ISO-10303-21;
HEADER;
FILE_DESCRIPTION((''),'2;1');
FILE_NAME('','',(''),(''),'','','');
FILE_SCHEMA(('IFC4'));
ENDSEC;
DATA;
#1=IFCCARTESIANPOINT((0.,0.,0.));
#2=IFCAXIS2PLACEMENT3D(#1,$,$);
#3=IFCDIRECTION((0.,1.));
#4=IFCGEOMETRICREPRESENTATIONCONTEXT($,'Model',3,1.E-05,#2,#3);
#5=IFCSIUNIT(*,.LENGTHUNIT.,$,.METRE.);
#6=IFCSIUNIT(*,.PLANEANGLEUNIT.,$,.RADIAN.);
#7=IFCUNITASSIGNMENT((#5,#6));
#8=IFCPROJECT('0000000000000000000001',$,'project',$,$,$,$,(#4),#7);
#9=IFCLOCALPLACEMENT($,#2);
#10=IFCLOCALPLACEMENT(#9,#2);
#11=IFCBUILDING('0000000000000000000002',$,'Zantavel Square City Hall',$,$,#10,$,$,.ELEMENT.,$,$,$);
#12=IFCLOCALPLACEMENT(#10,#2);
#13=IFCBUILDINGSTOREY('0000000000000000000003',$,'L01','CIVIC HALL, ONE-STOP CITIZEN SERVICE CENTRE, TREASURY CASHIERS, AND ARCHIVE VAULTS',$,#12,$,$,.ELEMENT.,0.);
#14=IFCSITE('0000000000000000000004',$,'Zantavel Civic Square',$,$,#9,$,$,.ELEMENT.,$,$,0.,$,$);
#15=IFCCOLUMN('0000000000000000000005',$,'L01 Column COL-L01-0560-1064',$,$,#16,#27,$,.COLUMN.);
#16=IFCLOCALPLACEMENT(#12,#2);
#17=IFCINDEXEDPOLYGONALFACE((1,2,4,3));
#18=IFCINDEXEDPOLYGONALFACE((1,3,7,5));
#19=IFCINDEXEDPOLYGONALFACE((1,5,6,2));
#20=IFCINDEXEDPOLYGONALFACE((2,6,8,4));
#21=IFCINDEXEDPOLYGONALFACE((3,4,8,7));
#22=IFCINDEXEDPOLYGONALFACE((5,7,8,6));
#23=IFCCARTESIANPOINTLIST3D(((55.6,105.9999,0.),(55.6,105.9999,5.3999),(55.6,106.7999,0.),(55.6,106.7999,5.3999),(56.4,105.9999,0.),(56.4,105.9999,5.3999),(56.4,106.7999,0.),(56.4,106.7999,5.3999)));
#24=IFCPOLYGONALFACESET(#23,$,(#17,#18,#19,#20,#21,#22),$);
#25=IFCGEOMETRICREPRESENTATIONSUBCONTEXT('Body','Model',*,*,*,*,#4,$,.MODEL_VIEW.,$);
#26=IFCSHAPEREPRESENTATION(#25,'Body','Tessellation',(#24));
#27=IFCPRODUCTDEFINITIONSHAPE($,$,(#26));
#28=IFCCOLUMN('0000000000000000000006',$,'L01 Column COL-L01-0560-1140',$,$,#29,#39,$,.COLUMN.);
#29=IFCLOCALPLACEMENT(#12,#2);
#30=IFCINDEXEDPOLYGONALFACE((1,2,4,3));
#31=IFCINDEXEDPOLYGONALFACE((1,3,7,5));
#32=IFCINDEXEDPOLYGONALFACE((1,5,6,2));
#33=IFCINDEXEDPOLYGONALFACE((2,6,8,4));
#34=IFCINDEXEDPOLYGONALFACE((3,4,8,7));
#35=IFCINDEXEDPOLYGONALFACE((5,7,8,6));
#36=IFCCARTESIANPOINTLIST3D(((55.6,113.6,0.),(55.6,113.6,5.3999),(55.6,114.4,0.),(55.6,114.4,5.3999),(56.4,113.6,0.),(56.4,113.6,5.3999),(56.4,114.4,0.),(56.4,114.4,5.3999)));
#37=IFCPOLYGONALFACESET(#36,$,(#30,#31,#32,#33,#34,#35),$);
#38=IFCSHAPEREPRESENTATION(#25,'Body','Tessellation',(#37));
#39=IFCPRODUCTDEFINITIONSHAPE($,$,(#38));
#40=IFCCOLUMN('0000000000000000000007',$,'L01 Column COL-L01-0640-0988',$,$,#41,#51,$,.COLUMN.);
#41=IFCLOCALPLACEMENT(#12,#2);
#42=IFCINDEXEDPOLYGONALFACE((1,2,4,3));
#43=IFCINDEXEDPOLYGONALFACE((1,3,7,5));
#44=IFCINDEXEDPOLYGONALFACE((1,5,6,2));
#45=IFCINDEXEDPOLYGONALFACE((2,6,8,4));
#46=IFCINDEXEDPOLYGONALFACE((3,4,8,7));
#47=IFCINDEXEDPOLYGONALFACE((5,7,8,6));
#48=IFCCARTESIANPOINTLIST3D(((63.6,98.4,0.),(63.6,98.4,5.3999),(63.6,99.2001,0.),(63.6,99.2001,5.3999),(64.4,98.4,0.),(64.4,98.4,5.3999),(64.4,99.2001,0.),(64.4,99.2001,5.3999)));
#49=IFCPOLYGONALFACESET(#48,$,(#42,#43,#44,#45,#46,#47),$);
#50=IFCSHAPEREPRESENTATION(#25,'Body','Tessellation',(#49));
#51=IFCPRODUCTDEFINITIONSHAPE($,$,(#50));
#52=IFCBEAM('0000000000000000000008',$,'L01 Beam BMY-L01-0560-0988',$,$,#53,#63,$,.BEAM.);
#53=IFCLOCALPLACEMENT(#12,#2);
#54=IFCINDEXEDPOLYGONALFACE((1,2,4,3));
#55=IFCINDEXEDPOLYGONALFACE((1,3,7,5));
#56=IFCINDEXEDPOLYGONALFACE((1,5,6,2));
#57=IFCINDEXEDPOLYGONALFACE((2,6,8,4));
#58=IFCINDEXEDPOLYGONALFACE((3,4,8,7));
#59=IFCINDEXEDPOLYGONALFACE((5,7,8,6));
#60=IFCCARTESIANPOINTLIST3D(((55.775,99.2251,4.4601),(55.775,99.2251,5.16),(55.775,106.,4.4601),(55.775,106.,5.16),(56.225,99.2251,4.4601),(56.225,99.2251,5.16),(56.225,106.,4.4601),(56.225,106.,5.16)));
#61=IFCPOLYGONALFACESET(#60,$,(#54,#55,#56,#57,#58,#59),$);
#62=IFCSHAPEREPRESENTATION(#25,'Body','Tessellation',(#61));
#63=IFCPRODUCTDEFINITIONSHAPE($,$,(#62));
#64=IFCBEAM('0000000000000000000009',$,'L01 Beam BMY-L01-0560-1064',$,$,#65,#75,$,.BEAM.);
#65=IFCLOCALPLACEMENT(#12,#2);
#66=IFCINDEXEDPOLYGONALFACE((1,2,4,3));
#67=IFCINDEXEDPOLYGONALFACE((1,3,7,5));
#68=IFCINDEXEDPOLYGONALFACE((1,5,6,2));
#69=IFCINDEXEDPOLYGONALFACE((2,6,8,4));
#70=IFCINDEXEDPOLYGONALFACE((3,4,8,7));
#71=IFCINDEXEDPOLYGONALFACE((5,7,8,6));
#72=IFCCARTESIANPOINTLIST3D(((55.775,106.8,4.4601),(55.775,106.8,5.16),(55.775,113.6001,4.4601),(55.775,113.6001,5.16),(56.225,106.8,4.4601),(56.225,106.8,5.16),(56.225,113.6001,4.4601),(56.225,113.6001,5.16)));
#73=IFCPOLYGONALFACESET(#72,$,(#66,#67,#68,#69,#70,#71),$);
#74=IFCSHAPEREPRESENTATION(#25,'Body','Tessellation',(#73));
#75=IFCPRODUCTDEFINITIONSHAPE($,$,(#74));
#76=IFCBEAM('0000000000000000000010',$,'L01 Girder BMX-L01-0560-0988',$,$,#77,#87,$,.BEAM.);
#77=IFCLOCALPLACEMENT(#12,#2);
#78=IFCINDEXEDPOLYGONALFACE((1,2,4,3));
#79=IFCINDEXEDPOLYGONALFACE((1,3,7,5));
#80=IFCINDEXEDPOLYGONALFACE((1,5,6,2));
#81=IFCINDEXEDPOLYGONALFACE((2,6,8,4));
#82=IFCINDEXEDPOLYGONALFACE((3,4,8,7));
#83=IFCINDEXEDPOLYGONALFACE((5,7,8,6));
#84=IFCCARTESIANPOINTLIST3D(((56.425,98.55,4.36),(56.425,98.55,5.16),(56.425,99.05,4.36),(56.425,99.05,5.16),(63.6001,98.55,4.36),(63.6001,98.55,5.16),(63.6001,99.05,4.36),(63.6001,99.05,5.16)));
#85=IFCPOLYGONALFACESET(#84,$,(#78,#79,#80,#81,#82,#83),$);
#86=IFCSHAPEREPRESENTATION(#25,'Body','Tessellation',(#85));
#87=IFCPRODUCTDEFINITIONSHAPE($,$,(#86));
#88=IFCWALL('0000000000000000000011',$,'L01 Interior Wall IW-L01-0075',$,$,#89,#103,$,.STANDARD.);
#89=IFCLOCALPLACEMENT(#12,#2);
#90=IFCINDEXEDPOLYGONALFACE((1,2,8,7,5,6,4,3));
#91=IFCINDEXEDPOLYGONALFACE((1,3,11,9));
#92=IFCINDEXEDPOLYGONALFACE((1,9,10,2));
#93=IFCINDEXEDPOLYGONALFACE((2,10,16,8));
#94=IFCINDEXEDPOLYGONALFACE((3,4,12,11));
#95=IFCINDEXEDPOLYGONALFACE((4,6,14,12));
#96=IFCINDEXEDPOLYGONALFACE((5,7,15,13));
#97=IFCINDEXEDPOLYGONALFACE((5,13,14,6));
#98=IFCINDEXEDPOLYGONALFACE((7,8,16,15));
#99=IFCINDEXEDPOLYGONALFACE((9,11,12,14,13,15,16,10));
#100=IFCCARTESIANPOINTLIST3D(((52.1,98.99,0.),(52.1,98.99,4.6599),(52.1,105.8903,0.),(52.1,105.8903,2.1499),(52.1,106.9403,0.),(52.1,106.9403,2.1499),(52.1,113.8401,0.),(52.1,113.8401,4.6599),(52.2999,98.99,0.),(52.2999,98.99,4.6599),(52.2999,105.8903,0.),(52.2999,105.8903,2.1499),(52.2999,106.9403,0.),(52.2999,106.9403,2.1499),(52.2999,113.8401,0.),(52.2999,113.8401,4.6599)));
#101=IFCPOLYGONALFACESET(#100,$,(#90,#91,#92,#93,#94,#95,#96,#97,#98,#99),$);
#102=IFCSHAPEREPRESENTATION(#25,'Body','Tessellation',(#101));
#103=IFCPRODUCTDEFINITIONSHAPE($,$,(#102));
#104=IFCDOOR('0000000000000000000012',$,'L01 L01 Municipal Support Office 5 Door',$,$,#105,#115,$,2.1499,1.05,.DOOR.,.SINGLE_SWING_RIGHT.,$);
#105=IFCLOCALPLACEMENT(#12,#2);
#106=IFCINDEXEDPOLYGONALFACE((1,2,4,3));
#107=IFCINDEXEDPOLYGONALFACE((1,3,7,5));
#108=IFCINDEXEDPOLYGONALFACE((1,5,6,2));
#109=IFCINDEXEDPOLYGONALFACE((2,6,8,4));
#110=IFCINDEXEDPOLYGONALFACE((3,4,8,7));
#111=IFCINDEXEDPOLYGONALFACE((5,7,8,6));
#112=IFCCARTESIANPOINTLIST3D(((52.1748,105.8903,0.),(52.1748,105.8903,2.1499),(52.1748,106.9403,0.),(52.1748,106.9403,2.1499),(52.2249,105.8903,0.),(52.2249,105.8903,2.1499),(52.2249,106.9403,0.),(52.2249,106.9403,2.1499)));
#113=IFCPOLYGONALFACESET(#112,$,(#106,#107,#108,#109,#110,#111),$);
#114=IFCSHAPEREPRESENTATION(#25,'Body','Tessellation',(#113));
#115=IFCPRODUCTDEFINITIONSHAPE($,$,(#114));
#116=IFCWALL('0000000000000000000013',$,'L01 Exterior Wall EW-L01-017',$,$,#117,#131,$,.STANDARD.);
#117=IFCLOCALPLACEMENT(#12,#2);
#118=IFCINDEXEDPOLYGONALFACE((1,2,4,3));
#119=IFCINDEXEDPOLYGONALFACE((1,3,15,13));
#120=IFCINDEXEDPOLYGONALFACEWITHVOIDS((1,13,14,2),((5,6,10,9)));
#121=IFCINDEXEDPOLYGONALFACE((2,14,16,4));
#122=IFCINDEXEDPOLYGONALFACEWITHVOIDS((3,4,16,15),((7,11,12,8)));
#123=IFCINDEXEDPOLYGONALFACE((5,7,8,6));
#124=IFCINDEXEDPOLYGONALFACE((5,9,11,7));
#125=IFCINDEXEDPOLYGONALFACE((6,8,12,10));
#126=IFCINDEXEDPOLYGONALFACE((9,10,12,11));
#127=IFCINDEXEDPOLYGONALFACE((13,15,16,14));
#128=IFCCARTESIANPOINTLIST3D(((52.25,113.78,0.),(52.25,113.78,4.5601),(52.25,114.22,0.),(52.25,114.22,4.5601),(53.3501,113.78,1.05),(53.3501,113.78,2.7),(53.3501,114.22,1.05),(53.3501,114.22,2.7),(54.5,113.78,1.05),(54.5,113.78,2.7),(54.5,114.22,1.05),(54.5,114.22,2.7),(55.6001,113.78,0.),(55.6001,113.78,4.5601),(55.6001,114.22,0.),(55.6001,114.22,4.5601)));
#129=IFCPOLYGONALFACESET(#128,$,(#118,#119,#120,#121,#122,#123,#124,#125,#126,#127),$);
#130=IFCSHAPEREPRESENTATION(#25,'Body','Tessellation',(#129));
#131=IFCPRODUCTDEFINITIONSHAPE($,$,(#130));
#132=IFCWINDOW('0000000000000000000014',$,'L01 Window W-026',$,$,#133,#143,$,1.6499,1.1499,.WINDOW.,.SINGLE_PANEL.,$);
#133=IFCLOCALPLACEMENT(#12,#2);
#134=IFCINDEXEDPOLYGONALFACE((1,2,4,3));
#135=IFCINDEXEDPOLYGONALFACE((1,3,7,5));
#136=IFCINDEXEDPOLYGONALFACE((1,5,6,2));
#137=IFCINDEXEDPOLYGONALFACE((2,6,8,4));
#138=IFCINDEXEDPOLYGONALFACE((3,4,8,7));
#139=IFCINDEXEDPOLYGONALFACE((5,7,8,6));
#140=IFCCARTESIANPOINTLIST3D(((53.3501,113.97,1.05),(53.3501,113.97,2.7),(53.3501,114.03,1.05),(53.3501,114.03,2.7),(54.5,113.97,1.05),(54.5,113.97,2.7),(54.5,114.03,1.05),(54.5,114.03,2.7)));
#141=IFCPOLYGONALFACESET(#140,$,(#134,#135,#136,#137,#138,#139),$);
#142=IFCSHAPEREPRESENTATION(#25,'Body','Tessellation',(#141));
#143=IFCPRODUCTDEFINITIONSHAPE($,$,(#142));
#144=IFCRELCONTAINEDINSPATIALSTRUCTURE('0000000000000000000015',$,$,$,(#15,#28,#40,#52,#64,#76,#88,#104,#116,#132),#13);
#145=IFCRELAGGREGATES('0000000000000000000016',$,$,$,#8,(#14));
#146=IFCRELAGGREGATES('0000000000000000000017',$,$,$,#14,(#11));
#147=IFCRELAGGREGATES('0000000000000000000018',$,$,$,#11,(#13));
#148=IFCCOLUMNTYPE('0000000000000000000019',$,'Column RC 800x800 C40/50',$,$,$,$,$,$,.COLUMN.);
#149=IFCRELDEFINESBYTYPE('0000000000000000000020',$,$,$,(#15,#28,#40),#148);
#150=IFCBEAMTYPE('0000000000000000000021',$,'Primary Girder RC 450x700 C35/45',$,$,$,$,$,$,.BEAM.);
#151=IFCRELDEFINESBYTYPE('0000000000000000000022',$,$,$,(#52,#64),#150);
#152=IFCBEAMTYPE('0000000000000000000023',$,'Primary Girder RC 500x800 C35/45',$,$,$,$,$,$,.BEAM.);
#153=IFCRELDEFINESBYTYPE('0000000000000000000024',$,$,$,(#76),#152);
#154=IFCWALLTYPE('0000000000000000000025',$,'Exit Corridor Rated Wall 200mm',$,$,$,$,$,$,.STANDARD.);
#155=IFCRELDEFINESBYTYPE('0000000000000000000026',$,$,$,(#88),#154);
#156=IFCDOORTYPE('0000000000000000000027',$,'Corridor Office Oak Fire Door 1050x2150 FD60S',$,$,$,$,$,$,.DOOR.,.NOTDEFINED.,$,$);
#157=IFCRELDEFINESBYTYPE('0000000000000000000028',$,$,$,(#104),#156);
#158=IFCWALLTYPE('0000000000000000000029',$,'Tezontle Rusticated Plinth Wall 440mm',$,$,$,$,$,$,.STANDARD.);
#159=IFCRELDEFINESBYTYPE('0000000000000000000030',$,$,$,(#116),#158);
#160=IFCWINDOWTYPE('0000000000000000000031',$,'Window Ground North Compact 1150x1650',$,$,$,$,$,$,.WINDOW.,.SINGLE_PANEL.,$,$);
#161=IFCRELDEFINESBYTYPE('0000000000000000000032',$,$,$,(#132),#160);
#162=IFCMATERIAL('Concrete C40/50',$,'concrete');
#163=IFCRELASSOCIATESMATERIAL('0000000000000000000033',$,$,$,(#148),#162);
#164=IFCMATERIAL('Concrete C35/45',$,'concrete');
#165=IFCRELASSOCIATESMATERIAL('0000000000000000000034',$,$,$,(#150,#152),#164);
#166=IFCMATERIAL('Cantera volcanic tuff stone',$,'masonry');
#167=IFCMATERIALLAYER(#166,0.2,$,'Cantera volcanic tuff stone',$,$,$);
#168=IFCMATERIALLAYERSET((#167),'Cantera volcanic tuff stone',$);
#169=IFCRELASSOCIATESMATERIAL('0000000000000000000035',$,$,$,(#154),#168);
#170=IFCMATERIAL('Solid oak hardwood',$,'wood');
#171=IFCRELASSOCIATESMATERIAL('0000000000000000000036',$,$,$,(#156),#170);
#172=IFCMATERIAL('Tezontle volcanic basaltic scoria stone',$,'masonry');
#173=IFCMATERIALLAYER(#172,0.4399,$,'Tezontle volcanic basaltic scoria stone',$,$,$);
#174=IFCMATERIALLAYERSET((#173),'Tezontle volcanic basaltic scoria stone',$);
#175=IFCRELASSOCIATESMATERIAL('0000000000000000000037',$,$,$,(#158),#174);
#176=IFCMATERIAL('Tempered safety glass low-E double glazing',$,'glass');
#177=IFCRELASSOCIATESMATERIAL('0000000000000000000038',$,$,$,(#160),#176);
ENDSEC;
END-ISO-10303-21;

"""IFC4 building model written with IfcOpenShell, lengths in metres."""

from ifc_helpers import new_model, si_unit, direction, frame, frame_2d, origin, origin_2d, place, context, subcontext, project, spatial, rectangle, extrude, material, layer, layer_set, material_profile, profile_set, type_object, element, fill, save


model = new_model("IFC4")

# Units and contexts
model_context = context("Model", 3, precision=1e-05, world=origin(), true_north=direction((0.0, 1.0)))
body_context = subcontext(model_context, "Body", "Model", "MODEL_VIEW")
ifc_project = project(units=[si_unit("LENGTHUNIT", "METRE"), si_unit("PLANEANGLEUNIT", "RADIAN")], contexts=[model_context])

# Site, building, storey
site_placement = place(None, origin())
site = spatial("IfcSite", under=ifc_project, at=site_placement, Name="Zantavel Civic Square", CompositionType="ELEMENT", RefElevation=0.0)
building_placement = place(site_placement, origin())
building = spatial("IfcBuilding", under=site, at=building_placement, Name="Zantavel Square City Hall", CompositionType="ELEMENT")
storey_placement = place(building_placement, origin())
storey = spatial("IfcBuildingStorey", under=building, at=storey_placement, Name="L01", Description="CIVIC HALL, ONE-STOP CITIZEN SERVICE CENTRE, TREASURY CASHIERS, AND ARCHIVE VAULTS", CompositionType="ELEMENT", Elevation=0.0)

# Columns
ifc_material_1 = material(Name="Concrete C40/50", Category="concrete")
ifc_material_profile_1 = material_profile(ifc_material_1, rectangle(XDim=0.8, YDim=0.8, at=origin_2d()), Name="RC 800x800")
ifc_profile_set_1 = profile_set([ifc_material_profile_1], Name="Concrete C40/50")
column_type = type_object("IfcColumnType", Name="Column RC 800x800 C40/50", PredefinedType="COLUMN", material=ifc_profile_set_1)
for number, where, z_axis, x_axis, name in (
    (1, (56.0, 106.3999, 0.0), (0.0, 0.0, 1.0), (1.0, 0.0, 0.0), "L01 Column COL-L01-0560-1064"),
    (2, (56.0, 114.0, 0.0), (0.0, 0.0, 1.0), (1.0, 0.0, 0.0), "L01 Column COL-L01-0560-1140"),
    (3, (64.0, 98.8, 0.0), (0.0, 0.0, 1.0), (1.0, 0.0, 0.0), "L01 Column COL-L01-0640-0988"),
):
    element("IfcColumn", number, at=place(storey_placement, frame(where, z_axis=z_axis, x_axis=x_axis)), inside=storey, type_object=column_type, Name=name, PredefinedType="COLUMN", context=body_context, shape_type="SweptSolid", body=[
        extrude(rectangle(XDim=0.8, YDim=0.8, at=origin_2d()), origin(), (0.0, 0.0, 1.0), 5.3999),
    ])

# Beams
ifc_material_2 = material(Name="Concrete C35/45", Category="concrete")
ifc_material_profile_2 = material_profile(ifc_material_2, rectangle(XDim=0.45, YDim=0.7, at=origin_2d()), Name="RC 450x700")
ifc_profile_set_2 = profile_set([ifc_material_profile_2], Name="Concrete C35/45")
beam_type_1 = type_object("IfcBeamType", Name="Primary Girder RC 450x700 C35/45", PredefinedType="BEAM", material=ifc_profile_set_2)
beam_1_placement = place(storey_placement, frame((56.0, 99.2251, 4.8101), z_axis=(0.0, 1.0, 0.0), x_axis=(-1.0, 0.0, 0.0)))
element("IfcBeam", 4, at=beam_1_placement, inside=storey, type_object=beam_type_1, Name="L01 Beam BMY-L01-0560-0988", PredefinedType="BEAM", context=body_context, shape_type="SweptSolid", body=[
    extrude(rectangle(XDim=0.45, YDim=0.7, at=origin_2d()), origin(), (0.0, 0.0, 1.0), 6.7749),
])
beam_2_placement = place(storey_placement, frame((56.0, 106.8, 4.8101), z_axis=(0.0, 1.0, 0.0), x_axis=(-1.0, 0.0, 0.0)))
element("IfcBeam", 5, at=beam_2_placement, inside=storey, type_object=beam_type_1, Name="L01 Beam BMY-L01-0560-1064", PredefinedType="BEAM", context=body_context, shape_type="SweptSolid", body=[
    extrude(rectangle(XDim=0.45, YDim=0.7, at=origin_2d()), origin(), (0.0, 0.0, 1.0), 6.8),
])
ifc_material_profile_3 = material_profile(ifc_material_2, rectangle(XDim=0.5, YDim=0.8, at=origin_2d()), Name="RC 500x800")
ifc_profile_set_3 = profile_set([ifc_material_profile_3], Name="Concrete C35/45")
beam_type_2 = type_object("IfcBeamType", Name="Primary Girder RC 500x800 C35/45", PredefinedType="BEAM", material=ifc_profile_set_3)
beam_3_placement = place(storey_placement, frame((56.425, 98.8, 4.76), z_axis=(1.0, 0.0, 0.0), x_axis=(0.0, 1.0, 0.0)))
element("IfcBeam", 6, at=beam_3_placement, inside=storey, type_object=beam_type_2, Name="L01 Girder BMX-L01-0560-0988", PredefinedType="BEAM", context=body_context, shape_type="SweptSolid", body=[
    extrude(rectangle(XDim=0.5, YDim=0.8, at=origin_2d()), origin(), (0.0, 0.0, 1.0), 7.175),
])

# Wall, opening, door
ifc_material_3 = material(Name="Cantera volcanic tuff stone", Category="masonry")
ifc_layer_1 = layer(ifc_material_3, 0.2, Name="Cantera volcanic tuff stone")
ifc_layer_set_1 = layer_set([ifc_layer_1], Name="Cantera volcanic tuff stone")
wall_type_1 = type_object("IfcWallType", Name="Exit Corridor Rated Wall 200mm", PredefinedType="STANDARD", material=ifc_layer_set_1)
wall_1_placement = place(storey_placement, frame((52.2, 113.8401, 0.0), z_axis=(0.0, 0.0, 1.0), x_axis=(0.0, -1.0, 0.0)))
wall_1 = element("IfcWall", 7, at=wall_1_placement, inside=storey, type_object=wall_type_1, Name="L01 Interior Wall IW-L01-0075", PredefinedType="STANDARD", context=body_context, shape_type="SweptSolid", body=[
    extrude(rectangle(XDim=14.8501, YDim=0.2, at=frame_2d((7.425, 0.0))), origin(), (0.0, 0.0, 1.0), 4.6599),
])
opening_1_placement = place(wall_1_placement, frame((6.8999, 0.0, 0.0)))
opening_1 = element("IfcOpeningElement", 8, at=opening_1_placement, cuts=wall_1, PredefinedType="OPENING", context=body_context, shape_type="SweptSolid", body=[
    extrude(rectangle(XDim=1.05, YDim=2.1499, at=frame_2d((0.5249, 1.075))), frame((0.0, 0.1099, 0.0), z_axis=(0.0, -1.0, 0.0), x_axis=(1.0, 0.0, 0.0)), (0.0, 0.0, 1.0), 0.22),
])
ifc_material_4 = material(Name="Solid oak hardwood", Category="wood")
door_type = type_object("IfcDoorType", Name="Corridor Office Oak Fire Door 1050x2150 FD60S", OperationType="NOTDEFINED", PredefinedType="DOOR", material=ifc_material_4)
door_placement = place(opening_1_placement, origin())
door = element("IfcDoor", 9, at=door_placement, inside=storey, type_object=door_type, Name="L01 L01 Municipal Support Office 5 Door", OperationType="SINGLE_SWING_RIGHT", OverallHeight=2.1499, OverallWidth=1.05, PredefinedType="DOOR", context=body_context, shape_type="SweptSolid", body=[
    extrude(rectangle(XDim=1.05, YDim=2.1499, at=frame_2d((0.5249, 1.075))), frame((0.0, 0.0249, 0.0), z_axis=(0.0, -1.0, 0.0), x_axis=(1.0, 0.0, 0.0)), (0.0, 0.0, 1.0), 0.05),
])
fill(opening_1, door)

# Wall, opening, window
ifc_material_5 = material(Name="Tezontle volcanic basaltic scoria stone", Category="masonry")
ifc_layer_2 = layer(ifc_material_5, 0.4399, Name="Tezontle volcanic basaltic scoria stone")
ifc_layer_set_2 = layer_set([ifc_layer_2], Name="Tezontle volcanic basaltic scoria stone")
wall_type_2 = type_object("IfcWallType", Name="Tezontle Rusticated Plinth Wall 440mm", PredefinedType="STANDARD", material=ifc_layer_set_2)
wall_2_placement = place(storey_placement, frame((52.25, 114.0, 0.0), z_axis=(0.0, 0.0, 1.0), x_axis=(1.0, 0.0, 0.0)))
wall_2 = element("IfcWall", 10, at=wall_2_placement, inside=storey, type_object=wall_type_2, Name="L01 Exterior Wall EW-L01-017", PredefinedType="STANDARD", context=body_context, shape_type="SweptSolid", body=[
    extrude(rectangle(XDim=3.3501, YDim=0.4399, at=frame_2d((1.675, 0.0))), origin(), (0.0, 0.0, 1.0), 4.5601),
])
opening_2_placement = place(wall_2_placement, frame((1.1001, 0.0, 1.05)))
opening_2 = element("IfcOpeningElement", 11, at=opening_2_placement, cuts=wall_2, PredefinedType="OPENING", context=body_context, shape_type="SweptSolid", body=[
    extrude(rectangle(XDim=1.1499, YDim=1.6499, at=frame_2d((0.575, 0.825))), frame((0.0, 0.23, 0.0), z_axis=(0.0, -1.0, 0.0), x_axis=(1.0, 0.0, 0.0)), (0.0, 0.0, 1.0), 0.46),
])
ifc_material_6 = material(Name="Tempered safety glass low-E double glazing", Category="glass")
window_type_1 = type_object("IfcWindowType", Name="Window Ground North Compact 1150x1650", PartitioningType="SINGLE_PANEL", PredefinedType="WINDOW", material=ifc_material_6)
window_1_placement = place(opening_2_placement, origin())
window_1 = element("IfcWindow", 12, at=window_1_placement, inside=storey, type_object=window_type_1, Name="L01 Window W-026", OverallHeight=1.6499, OverallWidth=1.1499, PartitioningType="SINGLE_PANEL", PredefinedType="WINDOW", context=body_context, shape_type="SweptSolid", body=[
    extrude(rectangle(XDim=1.1499, YDim=1.6499, at=frame_2d((0.575, 0.825))), frame((0.0, 0.03, 0.0), z_axis=(0.0, -1.0, 0.0), x_axis=(1.0, 0.0, 0.0)), (0.0, 0.0, 1.0), 0.0601),
])
fill(opening_2, window_1)

save(model, "model.ifc")
